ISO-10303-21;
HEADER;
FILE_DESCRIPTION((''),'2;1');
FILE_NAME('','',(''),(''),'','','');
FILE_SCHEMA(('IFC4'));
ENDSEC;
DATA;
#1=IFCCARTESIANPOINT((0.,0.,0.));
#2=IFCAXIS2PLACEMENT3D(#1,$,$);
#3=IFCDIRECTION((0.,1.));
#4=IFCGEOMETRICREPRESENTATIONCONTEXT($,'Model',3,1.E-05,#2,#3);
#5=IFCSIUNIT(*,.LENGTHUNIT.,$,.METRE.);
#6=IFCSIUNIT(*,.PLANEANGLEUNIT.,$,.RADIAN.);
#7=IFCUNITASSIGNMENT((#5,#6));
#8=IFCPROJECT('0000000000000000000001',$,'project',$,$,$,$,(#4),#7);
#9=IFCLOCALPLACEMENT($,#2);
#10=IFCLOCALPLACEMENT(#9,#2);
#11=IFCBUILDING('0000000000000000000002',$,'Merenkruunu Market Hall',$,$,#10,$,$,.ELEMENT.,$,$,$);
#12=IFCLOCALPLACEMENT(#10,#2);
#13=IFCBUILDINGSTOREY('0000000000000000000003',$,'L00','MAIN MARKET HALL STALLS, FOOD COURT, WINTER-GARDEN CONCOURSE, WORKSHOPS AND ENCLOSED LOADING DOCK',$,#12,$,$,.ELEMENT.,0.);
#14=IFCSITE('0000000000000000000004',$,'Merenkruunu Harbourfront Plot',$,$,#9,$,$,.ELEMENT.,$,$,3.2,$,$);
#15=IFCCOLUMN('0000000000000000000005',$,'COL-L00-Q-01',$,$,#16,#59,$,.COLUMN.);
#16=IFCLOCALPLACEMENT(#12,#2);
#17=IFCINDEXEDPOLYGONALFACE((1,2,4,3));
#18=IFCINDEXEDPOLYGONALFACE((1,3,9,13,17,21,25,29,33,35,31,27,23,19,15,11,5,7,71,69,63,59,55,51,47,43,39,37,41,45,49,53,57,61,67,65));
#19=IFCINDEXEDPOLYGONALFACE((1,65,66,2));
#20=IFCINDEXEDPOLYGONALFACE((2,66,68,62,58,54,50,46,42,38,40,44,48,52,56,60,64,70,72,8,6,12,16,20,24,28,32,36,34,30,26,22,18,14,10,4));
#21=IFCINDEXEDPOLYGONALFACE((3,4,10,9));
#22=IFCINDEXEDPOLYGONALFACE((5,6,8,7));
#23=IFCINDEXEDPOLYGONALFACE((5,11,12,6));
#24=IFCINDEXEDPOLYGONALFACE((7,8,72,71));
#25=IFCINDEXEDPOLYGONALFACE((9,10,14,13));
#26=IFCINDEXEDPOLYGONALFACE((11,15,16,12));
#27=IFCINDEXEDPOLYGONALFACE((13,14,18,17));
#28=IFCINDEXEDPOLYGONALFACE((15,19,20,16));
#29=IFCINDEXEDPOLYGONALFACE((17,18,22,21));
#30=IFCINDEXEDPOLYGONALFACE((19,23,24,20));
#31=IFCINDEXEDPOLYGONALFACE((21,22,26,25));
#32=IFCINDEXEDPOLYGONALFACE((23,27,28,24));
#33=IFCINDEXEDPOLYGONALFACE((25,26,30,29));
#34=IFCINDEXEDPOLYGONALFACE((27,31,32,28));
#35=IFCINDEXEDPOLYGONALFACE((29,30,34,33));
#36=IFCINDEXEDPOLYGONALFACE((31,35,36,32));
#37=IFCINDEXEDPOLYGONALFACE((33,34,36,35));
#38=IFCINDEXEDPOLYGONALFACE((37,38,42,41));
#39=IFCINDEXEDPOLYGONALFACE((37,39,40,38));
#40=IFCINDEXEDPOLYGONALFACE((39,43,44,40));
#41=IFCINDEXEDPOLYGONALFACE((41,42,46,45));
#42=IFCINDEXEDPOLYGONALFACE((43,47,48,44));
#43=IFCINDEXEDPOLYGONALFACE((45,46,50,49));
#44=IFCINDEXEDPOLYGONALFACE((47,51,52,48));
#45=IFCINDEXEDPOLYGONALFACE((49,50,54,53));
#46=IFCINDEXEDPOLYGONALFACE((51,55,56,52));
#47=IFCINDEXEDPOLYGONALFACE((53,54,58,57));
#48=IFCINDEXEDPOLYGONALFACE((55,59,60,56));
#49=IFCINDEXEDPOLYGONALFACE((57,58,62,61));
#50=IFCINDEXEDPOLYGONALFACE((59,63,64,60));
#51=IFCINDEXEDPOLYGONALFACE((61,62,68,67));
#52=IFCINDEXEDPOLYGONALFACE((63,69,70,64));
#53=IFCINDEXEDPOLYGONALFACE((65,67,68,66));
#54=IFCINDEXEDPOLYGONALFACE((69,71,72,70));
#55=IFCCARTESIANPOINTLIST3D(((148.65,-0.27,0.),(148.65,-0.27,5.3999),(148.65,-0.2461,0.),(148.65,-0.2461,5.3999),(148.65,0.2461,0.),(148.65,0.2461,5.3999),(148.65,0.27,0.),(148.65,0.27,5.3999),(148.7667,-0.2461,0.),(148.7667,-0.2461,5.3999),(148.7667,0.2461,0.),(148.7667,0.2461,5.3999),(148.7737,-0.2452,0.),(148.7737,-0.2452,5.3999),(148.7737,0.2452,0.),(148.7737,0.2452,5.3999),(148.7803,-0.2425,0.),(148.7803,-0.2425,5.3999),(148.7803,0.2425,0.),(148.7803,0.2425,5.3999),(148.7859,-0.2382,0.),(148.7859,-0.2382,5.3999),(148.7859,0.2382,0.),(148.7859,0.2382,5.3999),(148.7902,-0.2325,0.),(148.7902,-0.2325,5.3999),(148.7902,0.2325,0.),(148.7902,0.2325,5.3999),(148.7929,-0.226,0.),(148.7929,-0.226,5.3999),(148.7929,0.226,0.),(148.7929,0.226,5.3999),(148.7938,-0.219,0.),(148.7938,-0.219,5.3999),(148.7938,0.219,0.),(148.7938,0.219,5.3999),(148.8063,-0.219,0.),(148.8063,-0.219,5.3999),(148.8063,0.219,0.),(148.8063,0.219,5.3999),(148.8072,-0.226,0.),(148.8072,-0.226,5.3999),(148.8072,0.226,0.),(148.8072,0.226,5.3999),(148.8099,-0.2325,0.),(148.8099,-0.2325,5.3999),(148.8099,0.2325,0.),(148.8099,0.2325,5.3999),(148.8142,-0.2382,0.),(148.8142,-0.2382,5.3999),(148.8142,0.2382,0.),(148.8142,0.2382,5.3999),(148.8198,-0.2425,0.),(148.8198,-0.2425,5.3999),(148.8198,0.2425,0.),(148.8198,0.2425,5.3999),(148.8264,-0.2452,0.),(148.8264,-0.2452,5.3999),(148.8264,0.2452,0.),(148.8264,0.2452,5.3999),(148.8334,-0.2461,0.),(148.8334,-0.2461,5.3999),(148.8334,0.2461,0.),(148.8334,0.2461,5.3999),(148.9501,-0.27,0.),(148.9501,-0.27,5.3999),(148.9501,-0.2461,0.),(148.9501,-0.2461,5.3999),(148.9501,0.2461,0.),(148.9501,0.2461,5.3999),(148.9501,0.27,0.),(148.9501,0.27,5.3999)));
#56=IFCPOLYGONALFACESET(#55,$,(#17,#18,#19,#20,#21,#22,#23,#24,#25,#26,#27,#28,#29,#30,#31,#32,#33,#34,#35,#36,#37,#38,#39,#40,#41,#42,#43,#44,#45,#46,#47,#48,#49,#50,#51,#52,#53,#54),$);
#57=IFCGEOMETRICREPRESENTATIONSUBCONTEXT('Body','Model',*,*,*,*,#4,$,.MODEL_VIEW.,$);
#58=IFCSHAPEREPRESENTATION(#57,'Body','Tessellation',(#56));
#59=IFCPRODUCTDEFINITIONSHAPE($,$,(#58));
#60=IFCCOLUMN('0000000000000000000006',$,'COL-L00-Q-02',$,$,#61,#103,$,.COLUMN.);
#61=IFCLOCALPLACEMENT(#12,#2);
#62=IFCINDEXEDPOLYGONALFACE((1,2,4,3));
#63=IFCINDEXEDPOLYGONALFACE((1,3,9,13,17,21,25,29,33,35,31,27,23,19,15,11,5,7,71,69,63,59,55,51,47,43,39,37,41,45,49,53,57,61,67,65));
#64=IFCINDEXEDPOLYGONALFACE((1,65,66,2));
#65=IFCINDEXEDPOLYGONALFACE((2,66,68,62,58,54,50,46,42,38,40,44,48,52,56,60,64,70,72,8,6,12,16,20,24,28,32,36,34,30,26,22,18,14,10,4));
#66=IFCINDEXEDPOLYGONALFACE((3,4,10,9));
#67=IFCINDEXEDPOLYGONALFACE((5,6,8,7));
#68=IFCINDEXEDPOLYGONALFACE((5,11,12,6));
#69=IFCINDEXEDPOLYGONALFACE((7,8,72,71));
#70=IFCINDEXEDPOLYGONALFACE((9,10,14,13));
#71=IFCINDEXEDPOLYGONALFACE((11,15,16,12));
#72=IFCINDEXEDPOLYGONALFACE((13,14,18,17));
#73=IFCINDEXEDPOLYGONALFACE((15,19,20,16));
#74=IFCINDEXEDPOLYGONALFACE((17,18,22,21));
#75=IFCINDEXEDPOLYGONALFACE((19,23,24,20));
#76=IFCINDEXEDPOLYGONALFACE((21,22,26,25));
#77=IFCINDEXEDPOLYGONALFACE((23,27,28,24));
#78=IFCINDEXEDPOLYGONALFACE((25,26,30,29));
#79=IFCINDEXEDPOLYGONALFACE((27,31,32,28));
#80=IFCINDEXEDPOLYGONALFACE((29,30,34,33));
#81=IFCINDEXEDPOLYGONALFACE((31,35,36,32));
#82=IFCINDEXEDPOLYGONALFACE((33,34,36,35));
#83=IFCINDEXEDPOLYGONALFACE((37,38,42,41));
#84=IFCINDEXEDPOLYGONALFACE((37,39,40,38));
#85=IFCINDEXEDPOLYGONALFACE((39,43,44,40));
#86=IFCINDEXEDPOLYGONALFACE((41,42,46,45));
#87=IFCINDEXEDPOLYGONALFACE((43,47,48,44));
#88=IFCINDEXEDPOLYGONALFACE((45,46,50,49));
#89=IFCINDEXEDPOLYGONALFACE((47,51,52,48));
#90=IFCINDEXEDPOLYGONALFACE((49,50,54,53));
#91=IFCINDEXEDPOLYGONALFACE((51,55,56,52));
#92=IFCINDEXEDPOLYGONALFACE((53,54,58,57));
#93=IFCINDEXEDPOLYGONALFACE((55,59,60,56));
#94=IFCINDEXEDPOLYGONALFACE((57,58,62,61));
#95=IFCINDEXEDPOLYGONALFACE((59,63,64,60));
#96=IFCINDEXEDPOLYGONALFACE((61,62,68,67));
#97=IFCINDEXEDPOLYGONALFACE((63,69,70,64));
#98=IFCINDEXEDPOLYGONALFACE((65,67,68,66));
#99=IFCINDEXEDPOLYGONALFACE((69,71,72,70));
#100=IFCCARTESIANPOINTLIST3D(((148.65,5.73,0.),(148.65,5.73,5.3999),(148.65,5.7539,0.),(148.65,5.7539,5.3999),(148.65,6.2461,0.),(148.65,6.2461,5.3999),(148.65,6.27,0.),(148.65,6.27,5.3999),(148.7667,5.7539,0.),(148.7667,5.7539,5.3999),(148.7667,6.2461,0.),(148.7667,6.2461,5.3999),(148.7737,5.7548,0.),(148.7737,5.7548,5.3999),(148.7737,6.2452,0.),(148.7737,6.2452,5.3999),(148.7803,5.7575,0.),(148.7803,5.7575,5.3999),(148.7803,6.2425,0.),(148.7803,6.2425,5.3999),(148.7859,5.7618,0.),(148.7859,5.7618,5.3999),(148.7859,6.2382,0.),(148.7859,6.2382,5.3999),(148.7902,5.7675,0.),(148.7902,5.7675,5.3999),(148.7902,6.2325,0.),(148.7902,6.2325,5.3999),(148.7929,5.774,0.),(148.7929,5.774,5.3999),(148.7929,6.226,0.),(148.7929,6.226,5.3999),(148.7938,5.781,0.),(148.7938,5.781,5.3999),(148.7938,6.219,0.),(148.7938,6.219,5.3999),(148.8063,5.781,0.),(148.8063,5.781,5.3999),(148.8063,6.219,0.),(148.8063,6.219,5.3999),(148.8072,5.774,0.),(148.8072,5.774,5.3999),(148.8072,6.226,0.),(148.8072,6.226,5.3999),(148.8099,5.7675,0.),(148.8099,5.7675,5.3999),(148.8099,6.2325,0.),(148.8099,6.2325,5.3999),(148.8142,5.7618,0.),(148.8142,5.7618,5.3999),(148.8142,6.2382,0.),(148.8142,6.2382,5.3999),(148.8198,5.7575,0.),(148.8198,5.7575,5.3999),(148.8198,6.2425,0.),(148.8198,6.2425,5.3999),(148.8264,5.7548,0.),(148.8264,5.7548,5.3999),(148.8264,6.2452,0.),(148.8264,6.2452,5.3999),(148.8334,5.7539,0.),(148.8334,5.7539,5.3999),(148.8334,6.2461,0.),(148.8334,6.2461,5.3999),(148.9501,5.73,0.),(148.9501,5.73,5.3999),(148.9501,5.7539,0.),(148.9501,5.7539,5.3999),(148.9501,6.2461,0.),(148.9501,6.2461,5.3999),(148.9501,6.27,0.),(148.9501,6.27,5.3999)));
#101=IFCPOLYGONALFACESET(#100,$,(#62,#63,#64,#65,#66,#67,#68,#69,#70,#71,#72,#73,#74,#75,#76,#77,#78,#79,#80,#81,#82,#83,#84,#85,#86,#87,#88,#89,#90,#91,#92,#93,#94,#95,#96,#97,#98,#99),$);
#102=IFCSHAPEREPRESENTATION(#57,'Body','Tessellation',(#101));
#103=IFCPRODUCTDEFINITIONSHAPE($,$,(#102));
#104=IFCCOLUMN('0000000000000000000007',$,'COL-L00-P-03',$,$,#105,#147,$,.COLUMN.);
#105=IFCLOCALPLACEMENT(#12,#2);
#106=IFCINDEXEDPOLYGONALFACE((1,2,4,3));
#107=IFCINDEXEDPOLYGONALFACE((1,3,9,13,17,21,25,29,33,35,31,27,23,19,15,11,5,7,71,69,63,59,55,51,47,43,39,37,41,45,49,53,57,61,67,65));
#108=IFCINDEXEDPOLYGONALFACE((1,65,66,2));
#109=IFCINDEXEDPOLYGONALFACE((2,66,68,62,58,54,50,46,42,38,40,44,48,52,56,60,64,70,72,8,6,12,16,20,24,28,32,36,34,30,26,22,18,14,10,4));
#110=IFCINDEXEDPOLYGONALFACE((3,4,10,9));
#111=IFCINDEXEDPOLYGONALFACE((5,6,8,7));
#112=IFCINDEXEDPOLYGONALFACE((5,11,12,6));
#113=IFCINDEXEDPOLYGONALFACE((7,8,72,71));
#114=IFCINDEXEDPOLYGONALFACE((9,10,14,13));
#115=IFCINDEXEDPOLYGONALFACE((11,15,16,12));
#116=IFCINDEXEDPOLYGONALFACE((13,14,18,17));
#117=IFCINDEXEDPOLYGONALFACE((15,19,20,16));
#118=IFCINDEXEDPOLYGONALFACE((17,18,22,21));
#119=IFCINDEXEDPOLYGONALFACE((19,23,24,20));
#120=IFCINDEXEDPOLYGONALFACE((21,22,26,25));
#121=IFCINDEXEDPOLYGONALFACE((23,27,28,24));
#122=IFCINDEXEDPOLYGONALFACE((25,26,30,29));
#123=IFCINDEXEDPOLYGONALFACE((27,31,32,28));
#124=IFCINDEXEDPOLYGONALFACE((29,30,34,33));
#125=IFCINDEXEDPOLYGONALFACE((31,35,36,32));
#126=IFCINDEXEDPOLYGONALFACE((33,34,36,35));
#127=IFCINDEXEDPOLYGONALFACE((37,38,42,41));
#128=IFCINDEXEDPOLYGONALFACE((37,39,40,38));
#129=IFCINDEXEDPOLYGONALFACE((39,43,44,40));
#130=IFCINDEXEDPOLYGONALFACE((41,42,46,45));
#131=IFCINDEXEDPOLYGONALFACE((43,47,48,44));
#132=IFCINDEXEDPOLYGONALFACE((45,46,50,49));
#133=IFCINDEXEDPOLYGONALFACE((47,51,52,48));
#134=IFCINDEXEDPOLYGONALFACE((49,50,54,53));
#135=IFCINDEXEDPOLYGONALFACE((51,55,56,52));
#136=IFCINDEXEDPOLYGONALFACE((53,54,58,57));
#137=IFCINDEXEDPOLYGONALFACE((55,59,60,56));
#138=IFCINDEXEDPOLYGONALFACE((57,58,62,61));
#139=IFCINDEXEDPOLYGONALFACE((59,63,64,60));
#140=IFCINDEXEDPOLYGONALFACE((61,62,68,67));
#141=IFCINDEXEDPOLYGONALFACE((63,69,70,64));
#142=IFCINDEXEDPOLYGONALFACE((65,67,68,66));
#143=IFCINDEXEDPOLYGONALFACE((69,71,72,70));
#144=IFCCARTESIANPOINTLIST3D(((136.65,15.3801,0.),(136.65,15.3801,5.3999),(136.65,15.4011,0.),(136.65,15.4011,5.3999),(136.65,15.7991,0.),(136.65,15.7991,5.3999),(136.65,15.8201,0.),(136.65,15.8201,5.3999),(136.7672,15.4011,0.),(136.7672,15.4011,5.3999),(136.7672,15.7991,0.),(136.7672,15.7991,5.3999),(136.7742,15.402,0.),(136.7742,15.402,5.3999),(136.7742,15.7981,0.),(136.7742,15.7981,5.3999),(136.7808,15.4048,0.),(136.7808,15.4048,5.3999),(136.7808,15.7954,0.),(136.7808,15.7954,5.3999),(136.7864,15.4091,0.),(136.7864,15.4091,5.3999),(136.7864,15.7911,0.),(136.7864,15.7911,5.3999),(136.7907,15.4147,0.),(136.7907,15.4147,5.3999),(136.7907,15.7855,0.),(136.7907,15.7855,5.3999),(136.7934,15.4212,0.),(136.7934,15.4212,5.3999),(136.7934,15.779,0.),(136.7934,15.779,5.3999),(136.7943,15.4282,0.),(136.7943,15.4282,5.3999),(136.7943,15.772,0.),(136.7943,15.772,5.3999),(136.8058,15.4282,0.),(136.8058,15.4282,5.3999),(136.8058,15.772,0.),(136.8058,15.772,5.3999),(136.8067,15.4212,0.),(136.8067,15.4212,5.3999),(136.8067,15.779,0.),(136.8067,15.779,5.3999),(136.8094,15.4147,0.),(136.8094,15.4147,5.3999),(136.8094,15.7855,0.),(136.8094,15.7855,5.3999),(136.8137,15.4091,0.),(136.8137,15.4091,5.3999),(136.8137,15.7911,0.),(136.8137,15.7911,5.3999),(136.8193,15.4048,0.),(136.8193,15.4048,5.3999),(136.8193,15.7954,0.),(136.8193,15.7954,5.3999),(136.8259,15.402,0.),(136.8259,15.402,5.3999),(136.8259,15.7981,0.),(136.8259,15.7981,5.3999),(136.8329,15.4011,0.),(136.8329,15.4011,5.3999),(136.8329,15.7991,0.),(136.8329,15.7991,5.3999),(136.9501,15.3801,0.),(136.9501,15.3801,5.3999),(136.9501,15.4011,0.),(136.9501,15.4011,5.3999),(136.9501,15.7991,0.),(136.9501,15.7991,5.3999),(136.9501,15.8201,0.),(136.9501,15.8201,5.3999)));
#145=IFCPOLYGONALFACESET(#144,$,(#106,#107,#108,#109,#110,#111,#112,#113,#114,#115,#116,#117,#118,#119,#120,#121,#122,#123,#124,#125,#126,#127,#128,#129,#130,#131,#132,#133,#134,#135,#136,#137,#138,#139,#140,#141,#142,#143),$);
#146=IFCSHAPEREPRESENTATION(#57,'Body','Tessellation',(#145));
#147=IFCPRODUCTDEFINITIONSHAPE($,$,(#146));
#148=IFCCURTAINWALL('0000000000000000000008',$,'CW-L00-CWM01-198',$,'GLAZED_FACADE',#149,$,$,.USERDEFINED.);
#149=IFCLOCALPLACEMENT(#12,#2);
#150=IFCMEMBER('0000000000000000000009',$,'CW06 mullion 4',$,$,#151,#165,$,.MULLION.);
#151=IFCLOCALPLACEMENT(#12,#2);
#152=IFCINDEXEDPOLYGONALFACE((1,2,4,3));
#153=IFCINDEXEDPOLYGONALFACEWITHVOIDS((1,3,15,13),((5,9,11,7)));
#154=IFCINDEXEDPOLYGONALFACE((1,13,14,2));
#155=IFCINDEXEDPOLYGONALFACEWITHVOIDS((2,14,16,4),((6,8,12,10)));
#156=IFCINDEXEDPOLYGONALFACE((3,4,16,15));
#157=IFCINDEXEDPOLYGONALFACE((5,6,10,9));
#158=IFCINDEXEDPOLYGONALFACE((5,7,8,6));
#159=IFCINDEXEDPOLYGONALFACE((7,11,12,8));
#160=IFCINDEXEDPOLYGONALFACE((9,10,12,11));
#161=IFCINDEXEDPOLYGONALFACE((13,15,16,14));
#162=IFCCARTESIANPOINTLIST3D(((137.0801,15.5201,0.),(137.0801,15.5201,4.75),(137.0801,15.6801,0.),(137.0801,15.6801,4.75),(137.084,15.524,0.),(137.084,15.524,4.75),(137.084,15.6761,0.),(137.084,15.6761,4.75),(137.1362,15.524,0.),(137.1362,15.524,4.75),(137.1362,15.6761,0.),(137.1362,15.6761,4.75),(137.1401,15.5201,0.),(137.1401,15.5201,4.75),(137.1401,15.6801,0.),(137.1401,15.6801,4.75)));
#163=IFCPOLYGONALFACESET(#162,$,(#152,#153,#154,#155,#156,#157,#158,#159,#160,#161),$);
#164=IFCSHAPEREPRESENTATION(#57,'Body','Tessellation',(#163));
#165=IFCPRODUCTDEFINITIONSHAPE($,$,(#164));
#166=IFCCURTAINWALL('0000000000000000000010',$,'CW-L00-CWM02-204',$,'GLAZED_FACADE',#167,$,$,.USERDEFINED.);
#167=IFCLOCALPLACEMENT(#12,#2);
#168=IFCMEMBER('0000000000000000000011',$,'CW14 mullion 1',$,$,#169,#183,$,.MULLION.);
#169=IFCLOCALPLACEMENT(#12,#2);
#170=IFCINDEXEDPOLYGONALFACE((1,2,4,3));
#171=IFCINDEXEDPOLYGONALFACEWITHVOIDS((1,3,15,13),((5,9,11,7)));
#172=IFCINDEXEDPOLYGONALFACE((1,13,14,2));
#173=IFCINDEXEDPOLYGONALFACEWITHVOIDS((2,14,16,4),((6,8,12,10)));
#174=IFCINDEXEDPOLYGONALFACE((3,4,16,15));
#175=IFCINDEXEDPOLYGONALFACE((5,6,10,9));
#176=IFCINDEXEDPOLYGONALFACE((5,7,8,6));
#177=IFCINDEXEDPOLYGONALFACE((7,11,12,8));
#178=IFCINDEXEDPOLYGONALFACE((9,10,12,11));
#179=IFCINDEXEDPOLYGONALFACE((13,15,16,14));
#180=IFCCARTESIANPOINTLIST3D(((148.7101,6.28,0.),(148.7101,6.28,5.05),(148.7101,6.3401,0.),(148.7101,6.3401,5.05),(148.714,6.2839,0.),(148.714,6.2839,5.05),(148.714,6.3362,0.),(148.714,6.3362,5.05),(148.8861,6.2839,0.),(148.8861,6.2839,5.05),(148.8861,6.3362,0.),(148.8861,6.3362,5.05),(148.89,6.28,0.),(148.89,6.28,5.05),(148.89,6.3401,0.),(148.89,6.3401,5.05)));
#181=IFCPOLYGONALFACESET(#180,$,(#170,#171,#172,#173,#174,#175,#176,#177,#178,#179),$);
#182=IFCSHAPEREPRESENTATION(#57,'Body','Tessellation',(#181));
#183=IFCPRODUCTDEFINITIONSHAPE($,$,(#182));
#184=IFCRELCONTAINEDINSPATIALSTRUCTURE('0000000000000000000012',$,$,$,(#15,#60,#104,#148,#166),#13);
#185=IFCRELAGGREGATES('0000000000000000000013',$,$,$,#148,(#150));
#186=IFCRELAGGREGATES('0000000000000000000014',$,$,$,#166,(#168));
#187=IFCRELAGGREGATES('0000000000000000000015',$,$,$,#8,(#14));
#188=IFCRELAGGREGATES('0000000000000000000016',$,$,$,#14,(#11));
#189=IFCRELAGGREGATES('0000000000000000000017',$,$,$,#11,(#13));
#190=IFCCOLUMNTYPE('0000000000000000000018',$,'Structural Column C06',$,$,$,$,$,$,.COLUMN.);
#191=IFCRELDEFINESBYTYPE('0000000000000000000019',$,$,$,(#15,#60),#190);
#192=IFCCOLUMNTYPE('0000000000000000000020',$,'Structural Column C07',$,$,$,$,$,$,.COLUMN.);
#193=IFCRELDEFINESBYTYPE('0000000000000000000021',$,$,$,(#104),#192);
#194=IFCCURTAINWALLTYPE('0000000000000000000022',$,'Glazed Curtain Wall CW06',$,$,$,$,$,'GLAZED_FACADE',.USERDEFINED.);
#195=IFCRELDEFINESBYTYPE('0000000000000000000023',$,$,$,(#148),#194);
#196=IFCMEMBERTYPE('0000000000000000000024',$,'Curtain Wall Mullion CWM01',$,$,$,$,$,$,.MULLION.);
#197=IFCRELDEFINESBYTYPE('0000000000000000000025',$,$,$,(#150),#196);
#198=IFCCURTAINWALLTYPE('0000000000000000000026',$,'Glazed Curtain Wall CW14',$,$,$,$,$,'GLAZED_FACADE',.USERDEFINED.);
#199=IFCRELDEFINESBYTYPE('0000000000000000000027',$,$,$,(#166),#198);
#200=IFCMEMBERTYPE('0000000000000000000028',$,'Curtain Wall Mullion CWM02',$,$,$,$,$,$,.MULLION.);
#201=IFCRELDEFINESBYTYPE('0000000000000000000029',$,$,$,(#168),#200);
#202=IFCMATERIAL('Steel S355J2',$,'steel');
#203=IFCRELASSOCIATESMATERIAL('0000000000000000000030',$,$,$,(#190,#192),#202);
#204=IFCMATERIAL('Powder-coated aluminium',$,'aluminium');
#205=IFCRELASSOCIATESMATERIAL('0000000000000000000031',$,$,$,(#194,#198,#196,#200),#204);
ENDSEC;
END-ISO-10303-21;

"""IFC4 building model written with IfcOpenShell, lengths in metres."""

from ifc_helpers import new_model, si_unit, direction, frame, origin, origin_2d, place, context, subcontext, project, spatial, hollow_rectangle, i_section, extrude, material, material_profile, profile_set, type_object, element, aggregate, save


model = new_model("IFC4")

# Units and contexts
model_context = context("Model", 3, precision=1e-05, world=origin(), true_north=direction((0.0, 1.0)))
body_context = subcontext(model_context, "Body", "Model", "MODEL_VIEW")
ifc_project = project(units=[si_unit("LENGTHUNIT", "METRE"), si_unit("PLANEANGLEUNIT", "RADIAN")], contexts=[model_context])

# Site, building, storey
site_placement = place(None, origin())
site = spatial("IfcSite", under=ifc_project, at=site_placement, Name="Merenkruunu Harbourfront Plot", CompositionType="ELEMENT", RefElevation=3.2)
building_placement = place(site_placement, origin())
building = spatial("IfcBuilding", under=site, at=building_placement, Name="Merenkruunu Market Hall", CompositionType="ELEMENT")
storey_placement = place(building_placement, origin())
storey = spatial("IfcBuildingStorey", under=building, at=storey_placement, Name="L00", Description="MAIN MARKET HALL STALLS, FOOD COURT, WINTER-GARDEN CONCOURSE, WORKSHOPS AND ENCLOSED LOADING DOCK", CompositionType="ELEMENT", Elevation=0.0)

# Columns
ifc_material_1 = material(Name="Steel S355J2", Category="steel")
ifc_material_profile_1 = material_profile(ifc_material_1, i_section(OverallWidth=0.3, OverallDepth=0.54, WebThickness=0.0125, FlangeThickness=0.0239, FilletRadius=0.0271, at=origin_2d()), Name="HEA 550")
ifc_profile_set_1 = profile_set([ifc_material_profile_1], Name="Steel S355J2")
column_type_1 = type_object("IfcColumnType", Name="Structural Column C06", PredefinedType="COLUMN", material=ifc_profile_set_1)
for number, where, z_axis, x_axis, name in (
    (1, (148.8, 0.0, 0.0), (0.0, 0.0, 1.0), (1.0, 0.0, 0.0), "COL-L00-Q-01"),
    (2, (148.8, 6.0, 0.0), (0.0, 0.0, 1.0), (1.0, 0.0, 0.0), "COL-L00-Q-02"),
):
    element("IfcColumn", number, at=place(storey_placement, frame(where, z_axis=z_axis, x_axis=x_axis)), inside=storey, type_object=column_type_1, Name=name, PredefinedType="COLUMN", context=body_context, shape_type="SweptSolid", body=[
        extrude(i_section(OverallWidth=0.3, OverallDepth=0.54, WebThickness=0.0125, FlangeThickness=0.0239, FilletRadius=0.0271, at=origin_2d()), origin(), (0.0, 0.0, 1.0), 5.3999),
    ])
ifc_material_profile_2 = material_profile(ifc_material_1, i_section(OverallWidth=0.3, OverallDepth=0.4399, WebThickness=0.0115, FlangeThickness=0.021, FilletRadius=0.0271, at=origin_2d()), Name="HEA 450")
ifc_profile_set_2 = profile_set([ifc_material_profile_2], Name="Steel S355J2")
column_type_2 = type_object("IfcColumnType", Name="Structural Column C07", PredefinedType="COLUMN", material=ifc_profile_set_2)
column_placement = place(storey_placement, frame((136.8, 15.6001, 0.0), z_axis=(0.0, 0.0, 1.0), x_axis=(1.0, 0.0, 0.0)))
element("IfcColumn", 3, at=column_placement, inside=storey, type_object=column_type_2, Name="COL-L00-P-03", PredefinedType="COLUMN", context=body_context, shape_type="SweptSolid", body=[
    extrude(i_section(OverallWidth=0.3, OverallDepth=0.4399, WebThickness=0.0115, FlangeThickness=0.021, FilletRadius=0.0271, at=origin_2d()), origin(), (0.0, 0.0, 1.0), 5.3999),
])

# Curtain wall, member
ifc_material_2 = material(Name="Powder-coated aluminium", Category="aluminium")
curtain_wall_type_1 = type_object("IfcCurtainWallType", Name="Glazed Curtain Wall CW06", ElementType="GLAZED_FACADE", PredefinedType="USERDEFINED", material=ifc_material_2)
curtain_wall_1_placement = place(storey_placement, origin())
curtain_wall_1 = element("IfcCurtainWall", 4, at=curtain_wall_1_placement, inside=storey, type_object=curtain_wall_type_1, Name="CW-L00-CWM01-198", ObjectType="GLAZED_FACADE", PredefinedType="USERDEFINED")
ifc_material_profile_3 = material_profile(ifc_material_2, hollow_rectangle(XDim=0.0601, YDim=0.1599, WallThickness=0.0039, at=origin_2d()), Name="ALU 60x160x4")
ifc_profile_set_3 = profile_set([ifc_material_profile_3], Name="Powder-coated aluminium")
member_type_1 = type_object("IfcMemberType", Name="Curtain Wall Mullion CWM01", PredefinedType="MULLION", material=ifc_profile_set_3)
member_1_placement = place(storey_placement, frame((137.1101, 15.6001, 0.0), z_axis=(0.0, 0.0, 1.0), x_axis=(-1.0, 0.0, 0.0)))
member_1 = element("IfcMember", 5, at=member_1_placement, type_object=member_type_1, Name="CW06 mullion 4", PredefinedType="MULLION", context=body_context, shape_type="SweptSolid", body=[
    extrude(hollow_rectangle(XDim=0.0601, YDim=0.1599, WallThickness=0.0039, at=origin_2d()), origin(), (0.0, 0.0, 1.0), 4.75),
])

# Curtain wall, member
curtain_wall_type_2 = type_object("IfcCurtainWallType", Name="Glazed Curtain Wall CW14", ElementType="GLAZED_FACADE", PredefinedType="USERDEFINED", material=ifc_material_2)
curtain_wall_2_placement = place(storey_placement, origin())
curtain_wall_2 = element("IfcCurtainWall", 6, at=curtain_wall_2_placement, inside=storey, type_object=curtain_wall_type_2, Name="CW-L00-CWM02-204", ObjectType="GLAZED_FACADE", PredefinedType="USERDEFINED")
ifc_material_profile_4 = material_profile(ifc_material_2, hollow_rectangle(XDim=0.0601, YDim=0.1799, WallThickness=0.0039, at=origin_2d()), Name="ALU 60x180x4")
ifc_profile_set_4 = profile_set([ifc_material_profile_4], Name="Powder-coated aluminium")
member_type_2 = type_object("IfcMemberType", Name="Curtain Wall Mullion CWM02", PredefinedType="MULLION", material=ifc_profile_set_4)
member_2_placement = place(storey_placement, frame((148.8, 6.3101, 0.0), z_axis=(0.0, 0.0, 1.0), x_axis=(0.0, 1.0, 0.0)))
member_2 = element("IfcMember", 7, at=member_2_placement, type_object=member_type_2, Name="CW14 mullion 1", PredefinedType="MULLION", context=body_context, shape_type="SweptSolid", body=[
    extrude(hollow_rectangle(XDim=0.0601, YDim=0.1799, WallThickness=0.0039, at=origin_2d()), origin(), (0.0, 0.0, 1.0), 5.05),
])

aggregate(curtain_wall_1, [member_1])
aggregate(curtain_wall_2, [member_2])

save(model, "model.ifc")
